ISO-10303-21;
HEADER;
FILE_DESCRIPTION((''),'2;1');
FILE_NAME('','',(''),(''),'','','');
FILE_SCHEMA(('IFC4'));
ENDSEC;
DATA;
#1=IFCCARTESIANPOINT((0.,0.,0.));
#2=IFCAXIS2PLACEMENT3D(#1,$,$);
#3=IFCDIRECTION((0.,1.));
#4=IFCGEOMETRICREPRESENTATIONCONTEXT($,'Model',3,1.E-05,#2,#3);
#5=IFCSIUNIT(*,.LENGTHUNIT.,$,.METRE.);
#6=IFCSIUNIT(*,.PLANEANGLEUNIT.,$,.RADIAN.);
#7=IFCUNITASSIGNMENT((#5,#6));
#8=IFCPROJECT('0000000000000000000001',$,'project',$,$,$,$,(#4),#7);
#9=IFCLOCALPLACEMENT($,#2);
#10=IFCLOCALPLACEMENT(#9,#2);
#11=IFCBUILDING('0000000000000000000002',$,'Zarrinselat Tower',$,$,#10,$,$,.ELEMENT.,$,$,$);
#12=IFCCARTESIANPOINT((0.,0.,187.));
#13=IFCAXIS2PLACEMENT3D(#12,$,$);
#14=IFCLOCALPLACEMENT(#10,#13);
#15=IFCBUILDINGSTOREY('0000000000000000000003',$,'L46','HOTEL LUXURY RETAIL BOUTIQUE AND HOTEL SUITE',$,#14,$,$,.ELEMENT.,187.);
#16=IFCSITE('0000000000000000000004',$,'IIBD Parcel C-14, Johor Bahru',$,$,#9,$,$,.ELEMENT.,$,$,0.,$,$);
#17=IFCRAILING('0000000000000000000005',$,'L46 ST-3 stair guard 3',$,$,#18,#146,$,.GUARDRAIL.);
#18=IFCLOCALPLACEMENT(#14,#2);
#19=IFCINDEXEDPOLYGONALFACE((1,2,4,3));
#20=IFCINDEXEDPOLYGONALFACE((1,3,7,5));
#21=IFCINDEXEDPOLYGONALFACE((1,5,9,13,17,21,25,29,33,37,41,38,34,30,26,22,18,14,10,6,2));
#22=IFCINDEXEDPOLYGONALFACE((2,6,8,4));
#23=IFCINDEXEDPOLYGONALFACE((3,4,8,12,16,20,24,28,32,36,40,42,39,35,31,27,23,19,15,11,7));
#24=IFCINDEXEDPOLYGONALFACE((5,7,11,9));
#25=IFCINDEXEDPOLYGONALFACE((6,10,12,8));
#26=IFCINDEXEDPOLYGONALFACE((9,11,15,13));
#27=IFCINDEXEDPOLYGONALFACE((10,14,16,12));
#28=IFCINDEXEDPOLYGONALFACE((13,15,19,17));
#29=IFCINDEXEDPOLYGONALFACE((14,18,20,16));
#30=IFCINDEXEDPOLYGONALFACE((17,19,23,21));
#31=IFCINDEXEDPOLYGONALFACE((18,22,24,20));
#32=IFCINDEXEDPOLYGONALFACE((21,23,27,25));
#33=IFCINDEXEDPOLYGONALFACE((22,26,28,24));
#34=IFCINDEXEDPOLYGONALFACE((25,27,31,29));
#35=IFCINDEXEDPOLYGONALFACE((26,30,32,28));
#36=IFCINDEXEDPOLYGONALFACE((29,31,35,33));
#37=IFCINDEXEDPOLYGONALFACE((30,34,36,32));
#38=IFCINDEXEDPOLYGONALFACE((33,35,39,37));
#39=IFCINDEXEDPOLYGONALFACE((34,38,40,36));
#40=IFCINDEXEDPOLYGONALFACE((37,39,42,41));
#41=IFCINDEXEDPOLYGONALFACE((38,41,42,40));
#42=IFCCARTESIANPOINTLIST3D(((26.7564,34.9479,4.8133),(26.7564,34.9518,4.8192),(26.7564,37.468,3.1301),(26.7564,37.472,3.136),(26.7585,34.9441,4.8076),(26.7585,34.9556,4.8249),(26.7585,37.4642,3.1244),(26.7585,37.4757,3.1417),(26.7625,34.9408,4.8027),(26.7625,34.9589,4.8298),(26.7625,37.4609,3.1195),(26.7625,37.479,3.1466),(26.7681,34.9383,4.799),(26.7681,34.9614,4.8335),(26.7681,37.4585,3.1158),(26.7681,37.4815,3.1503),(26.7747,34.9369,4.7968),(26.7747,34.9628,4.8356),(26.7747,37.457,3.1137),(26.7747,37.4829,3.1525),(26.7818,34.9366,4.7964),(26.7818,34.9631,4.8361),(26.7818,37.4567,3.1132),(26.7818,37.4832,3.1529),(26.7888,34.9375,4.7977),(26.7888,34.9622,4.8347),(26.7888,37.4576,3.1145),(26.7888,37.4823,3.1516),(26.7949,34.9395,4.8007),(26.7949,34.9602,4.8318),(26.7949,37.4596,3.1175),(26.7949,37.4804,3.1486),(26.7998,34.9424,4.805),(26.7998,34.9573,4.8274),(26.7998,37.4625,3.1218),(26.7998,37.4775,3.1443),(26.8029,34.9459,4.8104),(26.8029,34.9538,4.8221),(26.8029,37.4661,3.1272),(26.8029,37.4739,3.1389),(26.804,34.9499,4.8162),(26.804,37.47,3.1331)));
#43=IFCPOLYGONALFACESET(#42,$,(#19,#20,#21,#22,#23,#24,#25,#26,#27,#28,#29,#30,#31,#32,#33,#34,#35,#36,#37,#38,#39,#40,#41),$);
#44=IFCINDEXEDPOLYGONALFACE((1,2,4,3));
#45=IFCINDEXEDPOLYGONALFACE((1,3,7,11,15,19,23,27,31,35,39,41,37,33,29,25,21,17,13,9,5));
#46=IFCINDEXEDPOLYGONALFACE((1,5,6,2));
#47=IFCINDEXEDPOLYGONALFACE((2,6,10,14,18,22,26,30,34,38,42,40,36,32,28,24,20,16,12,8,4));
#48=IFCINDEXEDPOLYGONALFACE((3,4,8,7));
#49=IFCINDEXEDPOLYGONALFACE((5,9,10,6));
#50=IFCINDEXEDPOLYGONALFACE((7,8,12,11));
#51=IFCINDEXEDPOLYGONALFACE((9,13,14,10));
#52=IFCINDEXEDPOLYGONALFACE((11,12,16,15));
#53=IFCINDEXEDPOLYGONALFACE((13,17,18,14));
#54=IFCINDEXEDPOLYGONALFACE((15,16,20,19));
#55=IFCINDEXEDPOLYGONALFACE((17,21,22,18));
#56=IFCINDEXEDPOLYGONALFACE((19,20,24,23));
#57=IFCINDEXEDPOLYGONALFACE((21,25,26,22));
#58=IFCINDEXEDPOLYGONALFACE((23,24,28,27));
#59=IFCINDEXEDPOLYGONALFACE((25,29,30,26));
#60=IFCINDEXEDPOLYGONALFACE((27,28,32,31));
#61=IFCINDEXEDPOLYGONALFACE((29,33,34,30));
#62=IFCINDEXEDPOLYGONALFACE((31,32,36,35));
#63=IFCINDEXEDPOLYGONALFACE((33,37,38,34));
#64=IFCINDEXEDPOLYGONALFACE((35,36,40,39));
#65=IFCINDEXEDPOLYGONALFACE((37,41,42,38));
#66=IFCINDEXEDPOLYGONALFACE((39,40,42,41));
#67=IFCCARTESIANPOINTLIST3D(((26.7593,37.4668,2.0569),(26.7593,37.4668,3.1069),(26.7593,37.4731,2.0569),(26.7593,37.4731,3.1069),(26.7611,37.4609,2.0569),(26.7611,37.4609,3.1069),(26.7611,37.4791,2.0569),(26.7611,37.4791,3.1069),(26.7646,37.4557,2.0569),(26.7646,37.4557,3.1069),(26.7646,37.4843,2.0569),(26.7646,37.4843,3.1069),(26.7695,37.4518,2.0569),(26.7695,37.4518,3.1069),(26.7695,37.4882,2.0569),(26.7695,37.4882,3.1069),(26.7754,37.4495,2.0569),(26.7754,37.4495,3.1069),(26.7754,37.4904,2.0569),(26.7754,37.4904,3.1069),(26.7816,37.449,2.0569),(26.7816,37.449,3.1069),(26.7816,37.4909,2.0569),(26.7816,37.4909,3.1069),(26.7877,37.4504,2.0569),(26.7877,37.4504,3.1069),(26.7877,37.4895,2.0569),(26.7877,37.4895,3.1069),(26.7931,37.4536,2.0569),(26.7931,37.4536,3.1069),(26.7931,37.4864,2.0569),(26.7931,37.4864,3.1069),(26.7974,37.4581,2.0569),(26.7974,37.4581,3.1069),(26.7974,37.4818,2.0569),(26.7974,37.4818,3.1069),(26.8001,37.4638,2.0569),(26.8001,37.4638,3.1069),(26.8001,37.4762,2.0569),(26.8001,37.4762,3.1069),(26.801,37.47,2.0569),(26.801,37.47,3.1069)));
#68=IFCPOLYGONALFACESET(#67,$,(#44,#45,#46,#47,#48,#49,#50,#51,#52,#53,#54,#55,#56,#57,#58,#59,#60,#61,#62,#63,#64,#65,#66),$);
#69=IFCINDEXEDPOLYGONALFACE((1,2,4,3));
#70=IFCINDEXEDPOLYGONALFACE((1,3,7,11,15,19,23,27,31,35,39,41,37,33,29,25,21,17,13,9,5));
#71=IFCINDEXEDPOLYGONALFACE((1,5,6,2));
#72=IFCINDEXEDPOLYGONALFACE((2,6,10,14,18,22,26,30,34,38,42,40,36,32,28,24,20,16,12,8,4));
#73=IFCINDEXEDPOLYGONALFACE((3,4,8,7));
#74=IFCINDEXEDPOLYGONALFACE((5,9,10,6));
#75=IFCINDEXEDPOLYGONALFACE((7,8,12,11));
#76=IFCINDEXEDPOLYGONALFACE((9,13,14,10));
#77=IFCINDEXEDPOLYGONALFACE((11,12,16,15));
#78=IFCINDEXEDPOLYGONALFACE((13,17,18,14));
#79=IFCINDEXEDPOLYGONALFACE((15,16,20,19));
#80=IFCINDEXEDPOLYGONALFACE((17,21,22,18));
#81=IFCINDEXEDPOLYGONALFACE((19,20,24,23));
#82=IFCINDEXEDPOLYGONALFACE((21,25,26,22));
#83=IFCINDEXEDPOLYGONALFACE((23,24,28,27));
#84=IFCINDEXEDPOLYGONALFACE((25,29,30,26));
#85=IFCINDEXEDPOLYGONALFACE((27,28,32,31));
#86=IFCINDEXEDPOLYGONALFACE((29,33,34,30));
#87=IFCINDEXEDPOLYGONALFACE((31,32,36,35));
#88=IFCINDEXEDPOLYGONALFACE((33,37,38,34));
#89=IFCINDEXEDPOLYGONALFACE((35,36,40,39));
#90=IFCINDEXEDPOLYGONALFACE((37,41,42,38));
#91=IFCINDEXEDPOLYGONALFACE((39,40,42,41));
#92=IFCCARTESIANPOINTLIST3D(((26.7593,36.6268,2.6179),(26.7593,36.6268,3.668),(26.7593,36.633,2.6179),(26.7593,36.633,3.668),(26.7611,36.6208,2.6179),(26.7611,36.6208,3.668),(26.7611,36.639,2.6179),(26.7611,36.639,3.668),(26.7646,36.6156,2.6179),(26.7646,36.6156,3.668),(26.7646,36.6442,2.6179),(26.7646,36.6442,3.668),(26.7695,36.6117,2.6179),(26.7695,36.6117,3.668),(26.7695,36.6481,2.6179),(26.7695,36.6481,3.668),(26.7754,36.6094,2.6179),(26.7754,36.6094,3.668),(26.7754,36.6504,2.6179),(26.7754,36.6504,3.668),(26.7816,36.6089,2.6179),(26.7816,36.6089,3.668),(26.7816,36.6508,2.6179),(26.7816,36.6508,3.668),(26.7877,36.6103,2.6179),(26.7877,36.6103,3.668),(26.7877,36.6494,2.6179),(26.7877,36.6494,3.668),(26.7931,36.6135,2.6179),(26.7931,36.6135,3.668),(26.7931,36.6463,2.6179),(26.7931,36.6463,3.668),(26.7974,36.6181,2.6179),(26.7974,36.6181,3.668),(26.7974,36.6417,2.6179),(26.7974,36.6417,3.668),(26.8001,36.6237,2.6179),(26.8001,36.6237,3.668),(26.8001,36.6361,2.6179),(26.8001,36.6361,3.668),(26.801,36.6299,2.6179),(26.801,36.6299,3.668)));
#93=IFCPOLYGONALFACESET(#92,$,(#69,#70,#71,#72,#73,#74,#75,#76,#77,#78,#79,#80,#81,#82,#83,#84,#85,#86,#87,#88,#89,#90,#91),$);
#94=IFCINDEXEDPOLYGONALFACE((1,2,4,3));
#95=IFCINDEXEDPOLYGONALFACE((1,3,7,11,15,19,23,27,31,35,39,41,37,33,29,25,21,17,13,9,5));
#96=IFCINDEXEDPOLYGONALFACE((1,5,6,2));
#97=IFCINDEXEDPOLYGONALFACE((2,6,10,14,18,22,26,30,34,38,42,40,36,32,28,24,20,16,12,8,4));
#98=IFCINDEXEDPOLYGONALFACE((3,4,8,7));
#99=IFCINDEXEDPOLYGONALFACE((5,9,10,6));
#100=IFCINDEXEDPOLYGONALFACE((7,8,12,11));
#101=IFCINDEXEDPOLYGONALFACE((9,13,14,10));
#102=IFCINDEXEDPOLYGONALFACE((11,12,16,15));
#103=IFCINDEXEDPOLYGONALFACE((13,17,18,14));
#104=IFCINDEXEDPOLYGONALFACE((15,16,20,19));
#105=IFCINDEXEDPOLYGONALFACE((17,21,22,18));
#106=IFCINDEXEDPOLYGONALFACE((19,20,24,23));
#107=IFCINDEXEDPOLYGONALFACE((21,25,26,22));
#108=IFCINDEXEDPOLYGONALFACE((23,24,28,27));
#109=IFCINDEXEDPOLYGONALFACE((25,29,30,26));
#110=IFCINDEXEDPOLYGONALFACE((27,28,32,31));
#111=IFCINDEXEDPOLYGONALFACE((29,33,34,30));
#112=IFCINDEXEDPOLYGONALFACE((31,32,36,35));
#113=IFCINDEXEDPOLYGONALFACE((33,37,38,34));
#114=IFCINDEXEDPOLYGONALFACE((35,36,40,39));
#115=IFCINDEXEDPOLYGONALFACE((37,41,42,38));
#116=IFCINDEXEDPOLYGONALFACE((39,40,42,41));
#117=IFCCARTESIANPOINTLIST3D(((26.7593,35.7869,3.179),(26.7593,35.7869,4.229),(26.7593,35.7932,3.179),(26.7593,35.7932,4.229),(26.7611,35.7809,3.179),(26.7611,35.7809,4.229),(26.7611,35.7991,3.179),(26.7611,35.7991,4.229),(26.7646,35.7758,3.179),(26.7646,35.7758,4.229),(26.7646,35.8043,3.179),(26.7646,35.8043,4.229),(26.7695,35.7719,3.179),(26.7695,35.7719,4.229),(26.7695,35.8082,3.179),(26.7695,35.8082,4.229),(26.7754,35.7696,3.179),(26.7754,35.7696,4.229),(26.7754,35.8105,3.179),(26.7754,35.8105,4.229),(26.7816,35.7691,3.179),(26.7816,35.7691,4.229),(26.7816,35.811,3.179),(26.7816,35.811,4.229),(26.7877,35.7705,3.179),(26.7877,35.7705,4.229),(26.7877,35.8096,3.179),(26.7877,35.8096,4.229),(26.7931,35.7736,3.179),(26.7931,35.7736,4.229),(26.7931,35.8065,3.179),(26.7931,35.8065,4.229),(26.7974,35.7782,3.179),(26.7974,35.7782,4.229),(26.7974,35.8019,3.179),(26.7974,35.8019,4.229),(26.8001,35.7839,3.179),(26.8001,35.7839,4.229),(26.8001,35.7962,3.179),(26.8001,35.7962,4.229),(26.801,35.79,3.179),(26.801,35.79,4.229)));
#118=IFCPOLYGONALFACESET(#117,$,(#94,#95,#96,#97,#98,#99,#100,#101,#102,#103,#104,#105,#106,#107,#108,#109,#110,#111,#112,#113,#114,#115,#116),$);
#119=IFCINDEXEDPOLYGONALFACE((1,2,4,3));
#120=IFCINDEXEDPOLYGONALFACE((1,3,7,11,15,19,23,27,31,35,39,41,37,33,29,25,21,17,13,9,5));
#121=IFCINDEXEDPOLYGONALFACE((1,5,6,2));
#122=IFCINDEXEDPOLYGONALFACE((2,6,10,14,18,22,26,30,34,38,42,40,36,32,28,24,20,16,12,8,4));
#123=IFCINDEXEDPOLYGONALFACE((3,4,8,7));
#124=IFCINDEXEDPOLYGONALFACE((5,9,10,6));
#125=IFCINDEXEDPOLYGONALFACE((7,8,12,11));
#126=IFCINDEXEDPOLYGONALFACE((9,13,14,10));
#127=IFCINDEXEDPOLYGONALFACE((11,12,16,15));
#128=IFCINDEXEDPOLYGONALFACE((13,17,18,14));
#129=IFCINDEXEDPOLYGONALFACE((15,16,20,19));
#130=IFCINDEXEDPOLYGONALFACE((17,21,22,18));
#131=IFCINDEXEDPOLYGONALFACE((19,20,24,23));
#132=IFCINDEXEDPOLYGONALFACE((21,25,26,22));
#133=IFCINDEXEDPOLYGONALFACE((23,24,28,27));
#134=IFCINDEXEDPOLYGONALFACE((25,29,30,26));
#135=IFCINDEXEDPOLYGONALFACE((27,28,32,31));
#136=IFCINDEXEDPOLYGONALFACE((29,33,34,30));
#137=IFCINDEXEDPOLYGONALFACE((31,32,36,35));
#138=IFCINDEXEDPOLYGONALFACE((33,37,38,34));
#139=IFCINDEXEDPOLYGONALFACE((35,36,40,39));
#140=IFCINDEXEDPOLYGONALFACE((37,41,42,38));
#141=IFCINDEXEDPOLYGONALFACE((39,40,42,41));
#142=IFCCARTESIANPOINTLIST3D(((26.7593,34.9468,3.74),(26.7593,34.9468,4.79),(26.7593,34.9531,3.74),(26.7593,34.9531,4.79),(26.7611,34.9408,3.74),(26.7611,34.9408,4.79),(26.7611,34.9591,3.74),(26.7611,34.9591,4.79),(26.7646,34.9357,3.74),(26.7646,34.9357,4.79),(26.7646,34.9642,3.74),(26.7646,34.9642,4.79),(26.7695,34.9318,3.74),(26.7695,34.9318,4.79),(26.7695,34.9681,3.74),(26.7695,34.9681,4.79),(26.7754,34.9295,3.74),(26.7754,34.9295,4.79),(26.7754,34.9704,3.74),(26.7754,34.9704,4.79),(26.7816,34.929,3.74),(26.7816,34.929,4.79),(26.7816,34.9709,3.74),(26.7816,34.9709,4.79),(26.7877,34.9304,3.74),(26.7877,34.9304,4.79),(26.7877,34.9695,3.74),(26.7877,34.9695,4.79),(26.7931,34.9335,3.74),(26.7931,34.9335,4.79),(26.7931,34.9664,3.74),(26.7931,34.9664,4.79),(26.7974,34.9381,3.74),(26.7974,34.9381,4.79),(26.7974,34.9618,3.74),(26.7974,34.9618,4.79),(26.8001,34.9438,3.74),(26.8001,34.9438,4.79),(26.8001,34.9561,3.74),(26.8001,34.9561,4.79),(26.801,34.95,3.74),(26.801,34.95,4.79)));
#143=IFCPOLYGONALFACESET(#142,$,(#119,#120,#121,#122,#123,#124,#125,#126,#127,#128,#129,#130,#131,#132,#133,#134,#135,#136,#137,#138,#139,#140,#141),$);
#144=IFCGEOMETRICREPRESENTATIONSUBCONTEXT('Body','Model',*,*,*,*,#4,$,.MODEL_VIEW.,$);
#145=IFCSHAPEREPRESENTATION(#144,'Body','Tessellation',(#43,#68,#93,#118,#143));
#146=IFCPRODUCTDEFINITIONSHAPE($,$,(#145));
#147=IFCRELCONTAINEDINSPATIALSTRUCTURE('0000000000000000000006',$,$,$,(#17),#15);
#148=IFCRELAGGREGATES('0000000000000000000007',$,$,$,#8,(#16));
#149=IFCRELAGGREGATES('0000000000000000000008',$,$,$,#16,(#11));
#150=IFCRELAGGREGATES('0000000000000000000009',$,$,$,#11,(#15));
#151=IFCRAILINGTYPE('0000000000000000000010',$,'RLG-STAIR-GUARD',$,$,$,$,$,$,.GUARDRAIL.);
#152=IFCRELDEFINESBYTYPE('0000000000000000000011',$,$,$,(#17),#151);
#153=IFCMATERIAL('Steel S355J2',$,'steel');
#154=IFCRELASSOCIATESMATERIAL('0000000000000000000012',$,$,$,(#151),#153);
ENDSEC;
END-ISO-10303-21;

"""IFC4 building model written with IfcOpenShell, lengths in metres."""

from ifc_helpers import new_model, si_unit, direction, frame, origin, origin_2d, place, context, subcontext, project, spatial, circle, extrude, material, type_object, element, save


model = new_model("IFC4")

# Units and contexts
model_context = context("Model", 3, precision=1e-05, world=origin(), true_north=direction((0.0, 1.0)))
body_context = subcontext(model_context, "Body", "Model", "MODEL_VIEW")
ifc_project = project(units=[si_unit("LENGTHUNIT", "METRE"), si_unit("PLANEANGLEUNIT", "RADIAN")], contexts=[model_context])

# Site, building, storey
site_placement = place(None, origin())
site = spatial("IfcSite", under=ifc_project, at=site_placement, Name="IIBD Parcel C-14, Johor Bahru", CompositionType="ELEMENT", RefElevation=0.0)
building_placement = place(site_placement, origin())
building = spatial("IfcBuilding", under=site, at=building_placement, Name="Zarrinselat Tower", CompositionType="ELEMENT")
storey_placement = place(building_placement, frame((0.0, 0.0, 187.0)))
storey = spatial("IfcBuildingStorey", under=building, at=storey_placement, Name="L46", Description="HOTEL LUXURY RETAIL BOUTIQUE AND HOTEL SUITE", CompositionType="ELEMENT", Elevation=187.0)

# Railing
ifc_material_1 = material(Name="Steel S355J2", Category="steel")
railing_type_1 = type_object("IfcRailingType", Name="RLG-STAIR-GUARD", PredefinedType="GUARDRAIL", material=ifc_material_1)
railing_1_placement = place(storey_placement, frame((26.78, 37.47, 2.0569)))
element("IfcRailing", 1, at=railing_1_placement, inside=storey, type_object=railing_type_1, Name="L46 ST-3 stair guard 3", PredefinedType="GUARDRAIL", context=body_context, shape_type="SweptSolid", body=[
    extrude(circle(Radius=0.0239, at=origin_2d()), frame((0.0, 0.0, 1.0762), z_axis=(0.0, -0.831579, 0.555406), x_axis=(1.0, 0.0, 0.0)), (0.0, 0.0, 1.0), 3.0305),
    extrude(circle(Radius=0.021, at=origin_2d()), origin(), (0.0, 0.0, 1.0), 1.05),
    extrude(circle(Radius=0.021, at=origin_2d()), frame((0.0, -0.8401, 0.561)), (0.0, 0.0, 1.0), 1.05),
    extrude(circle(Radius=0.021, at=origin_2d()), frame((0.0, -1.6799, 1.1221)), (0.0, 0.0, 1.0), 1.05),
    extrude(circle(Radius=0.021, at=origin_2d()), frame((0.0, -2.52, 1.6831)), (0.0, 0.0, 1.0), 1.05),
])

save(model, "model.ifc")
